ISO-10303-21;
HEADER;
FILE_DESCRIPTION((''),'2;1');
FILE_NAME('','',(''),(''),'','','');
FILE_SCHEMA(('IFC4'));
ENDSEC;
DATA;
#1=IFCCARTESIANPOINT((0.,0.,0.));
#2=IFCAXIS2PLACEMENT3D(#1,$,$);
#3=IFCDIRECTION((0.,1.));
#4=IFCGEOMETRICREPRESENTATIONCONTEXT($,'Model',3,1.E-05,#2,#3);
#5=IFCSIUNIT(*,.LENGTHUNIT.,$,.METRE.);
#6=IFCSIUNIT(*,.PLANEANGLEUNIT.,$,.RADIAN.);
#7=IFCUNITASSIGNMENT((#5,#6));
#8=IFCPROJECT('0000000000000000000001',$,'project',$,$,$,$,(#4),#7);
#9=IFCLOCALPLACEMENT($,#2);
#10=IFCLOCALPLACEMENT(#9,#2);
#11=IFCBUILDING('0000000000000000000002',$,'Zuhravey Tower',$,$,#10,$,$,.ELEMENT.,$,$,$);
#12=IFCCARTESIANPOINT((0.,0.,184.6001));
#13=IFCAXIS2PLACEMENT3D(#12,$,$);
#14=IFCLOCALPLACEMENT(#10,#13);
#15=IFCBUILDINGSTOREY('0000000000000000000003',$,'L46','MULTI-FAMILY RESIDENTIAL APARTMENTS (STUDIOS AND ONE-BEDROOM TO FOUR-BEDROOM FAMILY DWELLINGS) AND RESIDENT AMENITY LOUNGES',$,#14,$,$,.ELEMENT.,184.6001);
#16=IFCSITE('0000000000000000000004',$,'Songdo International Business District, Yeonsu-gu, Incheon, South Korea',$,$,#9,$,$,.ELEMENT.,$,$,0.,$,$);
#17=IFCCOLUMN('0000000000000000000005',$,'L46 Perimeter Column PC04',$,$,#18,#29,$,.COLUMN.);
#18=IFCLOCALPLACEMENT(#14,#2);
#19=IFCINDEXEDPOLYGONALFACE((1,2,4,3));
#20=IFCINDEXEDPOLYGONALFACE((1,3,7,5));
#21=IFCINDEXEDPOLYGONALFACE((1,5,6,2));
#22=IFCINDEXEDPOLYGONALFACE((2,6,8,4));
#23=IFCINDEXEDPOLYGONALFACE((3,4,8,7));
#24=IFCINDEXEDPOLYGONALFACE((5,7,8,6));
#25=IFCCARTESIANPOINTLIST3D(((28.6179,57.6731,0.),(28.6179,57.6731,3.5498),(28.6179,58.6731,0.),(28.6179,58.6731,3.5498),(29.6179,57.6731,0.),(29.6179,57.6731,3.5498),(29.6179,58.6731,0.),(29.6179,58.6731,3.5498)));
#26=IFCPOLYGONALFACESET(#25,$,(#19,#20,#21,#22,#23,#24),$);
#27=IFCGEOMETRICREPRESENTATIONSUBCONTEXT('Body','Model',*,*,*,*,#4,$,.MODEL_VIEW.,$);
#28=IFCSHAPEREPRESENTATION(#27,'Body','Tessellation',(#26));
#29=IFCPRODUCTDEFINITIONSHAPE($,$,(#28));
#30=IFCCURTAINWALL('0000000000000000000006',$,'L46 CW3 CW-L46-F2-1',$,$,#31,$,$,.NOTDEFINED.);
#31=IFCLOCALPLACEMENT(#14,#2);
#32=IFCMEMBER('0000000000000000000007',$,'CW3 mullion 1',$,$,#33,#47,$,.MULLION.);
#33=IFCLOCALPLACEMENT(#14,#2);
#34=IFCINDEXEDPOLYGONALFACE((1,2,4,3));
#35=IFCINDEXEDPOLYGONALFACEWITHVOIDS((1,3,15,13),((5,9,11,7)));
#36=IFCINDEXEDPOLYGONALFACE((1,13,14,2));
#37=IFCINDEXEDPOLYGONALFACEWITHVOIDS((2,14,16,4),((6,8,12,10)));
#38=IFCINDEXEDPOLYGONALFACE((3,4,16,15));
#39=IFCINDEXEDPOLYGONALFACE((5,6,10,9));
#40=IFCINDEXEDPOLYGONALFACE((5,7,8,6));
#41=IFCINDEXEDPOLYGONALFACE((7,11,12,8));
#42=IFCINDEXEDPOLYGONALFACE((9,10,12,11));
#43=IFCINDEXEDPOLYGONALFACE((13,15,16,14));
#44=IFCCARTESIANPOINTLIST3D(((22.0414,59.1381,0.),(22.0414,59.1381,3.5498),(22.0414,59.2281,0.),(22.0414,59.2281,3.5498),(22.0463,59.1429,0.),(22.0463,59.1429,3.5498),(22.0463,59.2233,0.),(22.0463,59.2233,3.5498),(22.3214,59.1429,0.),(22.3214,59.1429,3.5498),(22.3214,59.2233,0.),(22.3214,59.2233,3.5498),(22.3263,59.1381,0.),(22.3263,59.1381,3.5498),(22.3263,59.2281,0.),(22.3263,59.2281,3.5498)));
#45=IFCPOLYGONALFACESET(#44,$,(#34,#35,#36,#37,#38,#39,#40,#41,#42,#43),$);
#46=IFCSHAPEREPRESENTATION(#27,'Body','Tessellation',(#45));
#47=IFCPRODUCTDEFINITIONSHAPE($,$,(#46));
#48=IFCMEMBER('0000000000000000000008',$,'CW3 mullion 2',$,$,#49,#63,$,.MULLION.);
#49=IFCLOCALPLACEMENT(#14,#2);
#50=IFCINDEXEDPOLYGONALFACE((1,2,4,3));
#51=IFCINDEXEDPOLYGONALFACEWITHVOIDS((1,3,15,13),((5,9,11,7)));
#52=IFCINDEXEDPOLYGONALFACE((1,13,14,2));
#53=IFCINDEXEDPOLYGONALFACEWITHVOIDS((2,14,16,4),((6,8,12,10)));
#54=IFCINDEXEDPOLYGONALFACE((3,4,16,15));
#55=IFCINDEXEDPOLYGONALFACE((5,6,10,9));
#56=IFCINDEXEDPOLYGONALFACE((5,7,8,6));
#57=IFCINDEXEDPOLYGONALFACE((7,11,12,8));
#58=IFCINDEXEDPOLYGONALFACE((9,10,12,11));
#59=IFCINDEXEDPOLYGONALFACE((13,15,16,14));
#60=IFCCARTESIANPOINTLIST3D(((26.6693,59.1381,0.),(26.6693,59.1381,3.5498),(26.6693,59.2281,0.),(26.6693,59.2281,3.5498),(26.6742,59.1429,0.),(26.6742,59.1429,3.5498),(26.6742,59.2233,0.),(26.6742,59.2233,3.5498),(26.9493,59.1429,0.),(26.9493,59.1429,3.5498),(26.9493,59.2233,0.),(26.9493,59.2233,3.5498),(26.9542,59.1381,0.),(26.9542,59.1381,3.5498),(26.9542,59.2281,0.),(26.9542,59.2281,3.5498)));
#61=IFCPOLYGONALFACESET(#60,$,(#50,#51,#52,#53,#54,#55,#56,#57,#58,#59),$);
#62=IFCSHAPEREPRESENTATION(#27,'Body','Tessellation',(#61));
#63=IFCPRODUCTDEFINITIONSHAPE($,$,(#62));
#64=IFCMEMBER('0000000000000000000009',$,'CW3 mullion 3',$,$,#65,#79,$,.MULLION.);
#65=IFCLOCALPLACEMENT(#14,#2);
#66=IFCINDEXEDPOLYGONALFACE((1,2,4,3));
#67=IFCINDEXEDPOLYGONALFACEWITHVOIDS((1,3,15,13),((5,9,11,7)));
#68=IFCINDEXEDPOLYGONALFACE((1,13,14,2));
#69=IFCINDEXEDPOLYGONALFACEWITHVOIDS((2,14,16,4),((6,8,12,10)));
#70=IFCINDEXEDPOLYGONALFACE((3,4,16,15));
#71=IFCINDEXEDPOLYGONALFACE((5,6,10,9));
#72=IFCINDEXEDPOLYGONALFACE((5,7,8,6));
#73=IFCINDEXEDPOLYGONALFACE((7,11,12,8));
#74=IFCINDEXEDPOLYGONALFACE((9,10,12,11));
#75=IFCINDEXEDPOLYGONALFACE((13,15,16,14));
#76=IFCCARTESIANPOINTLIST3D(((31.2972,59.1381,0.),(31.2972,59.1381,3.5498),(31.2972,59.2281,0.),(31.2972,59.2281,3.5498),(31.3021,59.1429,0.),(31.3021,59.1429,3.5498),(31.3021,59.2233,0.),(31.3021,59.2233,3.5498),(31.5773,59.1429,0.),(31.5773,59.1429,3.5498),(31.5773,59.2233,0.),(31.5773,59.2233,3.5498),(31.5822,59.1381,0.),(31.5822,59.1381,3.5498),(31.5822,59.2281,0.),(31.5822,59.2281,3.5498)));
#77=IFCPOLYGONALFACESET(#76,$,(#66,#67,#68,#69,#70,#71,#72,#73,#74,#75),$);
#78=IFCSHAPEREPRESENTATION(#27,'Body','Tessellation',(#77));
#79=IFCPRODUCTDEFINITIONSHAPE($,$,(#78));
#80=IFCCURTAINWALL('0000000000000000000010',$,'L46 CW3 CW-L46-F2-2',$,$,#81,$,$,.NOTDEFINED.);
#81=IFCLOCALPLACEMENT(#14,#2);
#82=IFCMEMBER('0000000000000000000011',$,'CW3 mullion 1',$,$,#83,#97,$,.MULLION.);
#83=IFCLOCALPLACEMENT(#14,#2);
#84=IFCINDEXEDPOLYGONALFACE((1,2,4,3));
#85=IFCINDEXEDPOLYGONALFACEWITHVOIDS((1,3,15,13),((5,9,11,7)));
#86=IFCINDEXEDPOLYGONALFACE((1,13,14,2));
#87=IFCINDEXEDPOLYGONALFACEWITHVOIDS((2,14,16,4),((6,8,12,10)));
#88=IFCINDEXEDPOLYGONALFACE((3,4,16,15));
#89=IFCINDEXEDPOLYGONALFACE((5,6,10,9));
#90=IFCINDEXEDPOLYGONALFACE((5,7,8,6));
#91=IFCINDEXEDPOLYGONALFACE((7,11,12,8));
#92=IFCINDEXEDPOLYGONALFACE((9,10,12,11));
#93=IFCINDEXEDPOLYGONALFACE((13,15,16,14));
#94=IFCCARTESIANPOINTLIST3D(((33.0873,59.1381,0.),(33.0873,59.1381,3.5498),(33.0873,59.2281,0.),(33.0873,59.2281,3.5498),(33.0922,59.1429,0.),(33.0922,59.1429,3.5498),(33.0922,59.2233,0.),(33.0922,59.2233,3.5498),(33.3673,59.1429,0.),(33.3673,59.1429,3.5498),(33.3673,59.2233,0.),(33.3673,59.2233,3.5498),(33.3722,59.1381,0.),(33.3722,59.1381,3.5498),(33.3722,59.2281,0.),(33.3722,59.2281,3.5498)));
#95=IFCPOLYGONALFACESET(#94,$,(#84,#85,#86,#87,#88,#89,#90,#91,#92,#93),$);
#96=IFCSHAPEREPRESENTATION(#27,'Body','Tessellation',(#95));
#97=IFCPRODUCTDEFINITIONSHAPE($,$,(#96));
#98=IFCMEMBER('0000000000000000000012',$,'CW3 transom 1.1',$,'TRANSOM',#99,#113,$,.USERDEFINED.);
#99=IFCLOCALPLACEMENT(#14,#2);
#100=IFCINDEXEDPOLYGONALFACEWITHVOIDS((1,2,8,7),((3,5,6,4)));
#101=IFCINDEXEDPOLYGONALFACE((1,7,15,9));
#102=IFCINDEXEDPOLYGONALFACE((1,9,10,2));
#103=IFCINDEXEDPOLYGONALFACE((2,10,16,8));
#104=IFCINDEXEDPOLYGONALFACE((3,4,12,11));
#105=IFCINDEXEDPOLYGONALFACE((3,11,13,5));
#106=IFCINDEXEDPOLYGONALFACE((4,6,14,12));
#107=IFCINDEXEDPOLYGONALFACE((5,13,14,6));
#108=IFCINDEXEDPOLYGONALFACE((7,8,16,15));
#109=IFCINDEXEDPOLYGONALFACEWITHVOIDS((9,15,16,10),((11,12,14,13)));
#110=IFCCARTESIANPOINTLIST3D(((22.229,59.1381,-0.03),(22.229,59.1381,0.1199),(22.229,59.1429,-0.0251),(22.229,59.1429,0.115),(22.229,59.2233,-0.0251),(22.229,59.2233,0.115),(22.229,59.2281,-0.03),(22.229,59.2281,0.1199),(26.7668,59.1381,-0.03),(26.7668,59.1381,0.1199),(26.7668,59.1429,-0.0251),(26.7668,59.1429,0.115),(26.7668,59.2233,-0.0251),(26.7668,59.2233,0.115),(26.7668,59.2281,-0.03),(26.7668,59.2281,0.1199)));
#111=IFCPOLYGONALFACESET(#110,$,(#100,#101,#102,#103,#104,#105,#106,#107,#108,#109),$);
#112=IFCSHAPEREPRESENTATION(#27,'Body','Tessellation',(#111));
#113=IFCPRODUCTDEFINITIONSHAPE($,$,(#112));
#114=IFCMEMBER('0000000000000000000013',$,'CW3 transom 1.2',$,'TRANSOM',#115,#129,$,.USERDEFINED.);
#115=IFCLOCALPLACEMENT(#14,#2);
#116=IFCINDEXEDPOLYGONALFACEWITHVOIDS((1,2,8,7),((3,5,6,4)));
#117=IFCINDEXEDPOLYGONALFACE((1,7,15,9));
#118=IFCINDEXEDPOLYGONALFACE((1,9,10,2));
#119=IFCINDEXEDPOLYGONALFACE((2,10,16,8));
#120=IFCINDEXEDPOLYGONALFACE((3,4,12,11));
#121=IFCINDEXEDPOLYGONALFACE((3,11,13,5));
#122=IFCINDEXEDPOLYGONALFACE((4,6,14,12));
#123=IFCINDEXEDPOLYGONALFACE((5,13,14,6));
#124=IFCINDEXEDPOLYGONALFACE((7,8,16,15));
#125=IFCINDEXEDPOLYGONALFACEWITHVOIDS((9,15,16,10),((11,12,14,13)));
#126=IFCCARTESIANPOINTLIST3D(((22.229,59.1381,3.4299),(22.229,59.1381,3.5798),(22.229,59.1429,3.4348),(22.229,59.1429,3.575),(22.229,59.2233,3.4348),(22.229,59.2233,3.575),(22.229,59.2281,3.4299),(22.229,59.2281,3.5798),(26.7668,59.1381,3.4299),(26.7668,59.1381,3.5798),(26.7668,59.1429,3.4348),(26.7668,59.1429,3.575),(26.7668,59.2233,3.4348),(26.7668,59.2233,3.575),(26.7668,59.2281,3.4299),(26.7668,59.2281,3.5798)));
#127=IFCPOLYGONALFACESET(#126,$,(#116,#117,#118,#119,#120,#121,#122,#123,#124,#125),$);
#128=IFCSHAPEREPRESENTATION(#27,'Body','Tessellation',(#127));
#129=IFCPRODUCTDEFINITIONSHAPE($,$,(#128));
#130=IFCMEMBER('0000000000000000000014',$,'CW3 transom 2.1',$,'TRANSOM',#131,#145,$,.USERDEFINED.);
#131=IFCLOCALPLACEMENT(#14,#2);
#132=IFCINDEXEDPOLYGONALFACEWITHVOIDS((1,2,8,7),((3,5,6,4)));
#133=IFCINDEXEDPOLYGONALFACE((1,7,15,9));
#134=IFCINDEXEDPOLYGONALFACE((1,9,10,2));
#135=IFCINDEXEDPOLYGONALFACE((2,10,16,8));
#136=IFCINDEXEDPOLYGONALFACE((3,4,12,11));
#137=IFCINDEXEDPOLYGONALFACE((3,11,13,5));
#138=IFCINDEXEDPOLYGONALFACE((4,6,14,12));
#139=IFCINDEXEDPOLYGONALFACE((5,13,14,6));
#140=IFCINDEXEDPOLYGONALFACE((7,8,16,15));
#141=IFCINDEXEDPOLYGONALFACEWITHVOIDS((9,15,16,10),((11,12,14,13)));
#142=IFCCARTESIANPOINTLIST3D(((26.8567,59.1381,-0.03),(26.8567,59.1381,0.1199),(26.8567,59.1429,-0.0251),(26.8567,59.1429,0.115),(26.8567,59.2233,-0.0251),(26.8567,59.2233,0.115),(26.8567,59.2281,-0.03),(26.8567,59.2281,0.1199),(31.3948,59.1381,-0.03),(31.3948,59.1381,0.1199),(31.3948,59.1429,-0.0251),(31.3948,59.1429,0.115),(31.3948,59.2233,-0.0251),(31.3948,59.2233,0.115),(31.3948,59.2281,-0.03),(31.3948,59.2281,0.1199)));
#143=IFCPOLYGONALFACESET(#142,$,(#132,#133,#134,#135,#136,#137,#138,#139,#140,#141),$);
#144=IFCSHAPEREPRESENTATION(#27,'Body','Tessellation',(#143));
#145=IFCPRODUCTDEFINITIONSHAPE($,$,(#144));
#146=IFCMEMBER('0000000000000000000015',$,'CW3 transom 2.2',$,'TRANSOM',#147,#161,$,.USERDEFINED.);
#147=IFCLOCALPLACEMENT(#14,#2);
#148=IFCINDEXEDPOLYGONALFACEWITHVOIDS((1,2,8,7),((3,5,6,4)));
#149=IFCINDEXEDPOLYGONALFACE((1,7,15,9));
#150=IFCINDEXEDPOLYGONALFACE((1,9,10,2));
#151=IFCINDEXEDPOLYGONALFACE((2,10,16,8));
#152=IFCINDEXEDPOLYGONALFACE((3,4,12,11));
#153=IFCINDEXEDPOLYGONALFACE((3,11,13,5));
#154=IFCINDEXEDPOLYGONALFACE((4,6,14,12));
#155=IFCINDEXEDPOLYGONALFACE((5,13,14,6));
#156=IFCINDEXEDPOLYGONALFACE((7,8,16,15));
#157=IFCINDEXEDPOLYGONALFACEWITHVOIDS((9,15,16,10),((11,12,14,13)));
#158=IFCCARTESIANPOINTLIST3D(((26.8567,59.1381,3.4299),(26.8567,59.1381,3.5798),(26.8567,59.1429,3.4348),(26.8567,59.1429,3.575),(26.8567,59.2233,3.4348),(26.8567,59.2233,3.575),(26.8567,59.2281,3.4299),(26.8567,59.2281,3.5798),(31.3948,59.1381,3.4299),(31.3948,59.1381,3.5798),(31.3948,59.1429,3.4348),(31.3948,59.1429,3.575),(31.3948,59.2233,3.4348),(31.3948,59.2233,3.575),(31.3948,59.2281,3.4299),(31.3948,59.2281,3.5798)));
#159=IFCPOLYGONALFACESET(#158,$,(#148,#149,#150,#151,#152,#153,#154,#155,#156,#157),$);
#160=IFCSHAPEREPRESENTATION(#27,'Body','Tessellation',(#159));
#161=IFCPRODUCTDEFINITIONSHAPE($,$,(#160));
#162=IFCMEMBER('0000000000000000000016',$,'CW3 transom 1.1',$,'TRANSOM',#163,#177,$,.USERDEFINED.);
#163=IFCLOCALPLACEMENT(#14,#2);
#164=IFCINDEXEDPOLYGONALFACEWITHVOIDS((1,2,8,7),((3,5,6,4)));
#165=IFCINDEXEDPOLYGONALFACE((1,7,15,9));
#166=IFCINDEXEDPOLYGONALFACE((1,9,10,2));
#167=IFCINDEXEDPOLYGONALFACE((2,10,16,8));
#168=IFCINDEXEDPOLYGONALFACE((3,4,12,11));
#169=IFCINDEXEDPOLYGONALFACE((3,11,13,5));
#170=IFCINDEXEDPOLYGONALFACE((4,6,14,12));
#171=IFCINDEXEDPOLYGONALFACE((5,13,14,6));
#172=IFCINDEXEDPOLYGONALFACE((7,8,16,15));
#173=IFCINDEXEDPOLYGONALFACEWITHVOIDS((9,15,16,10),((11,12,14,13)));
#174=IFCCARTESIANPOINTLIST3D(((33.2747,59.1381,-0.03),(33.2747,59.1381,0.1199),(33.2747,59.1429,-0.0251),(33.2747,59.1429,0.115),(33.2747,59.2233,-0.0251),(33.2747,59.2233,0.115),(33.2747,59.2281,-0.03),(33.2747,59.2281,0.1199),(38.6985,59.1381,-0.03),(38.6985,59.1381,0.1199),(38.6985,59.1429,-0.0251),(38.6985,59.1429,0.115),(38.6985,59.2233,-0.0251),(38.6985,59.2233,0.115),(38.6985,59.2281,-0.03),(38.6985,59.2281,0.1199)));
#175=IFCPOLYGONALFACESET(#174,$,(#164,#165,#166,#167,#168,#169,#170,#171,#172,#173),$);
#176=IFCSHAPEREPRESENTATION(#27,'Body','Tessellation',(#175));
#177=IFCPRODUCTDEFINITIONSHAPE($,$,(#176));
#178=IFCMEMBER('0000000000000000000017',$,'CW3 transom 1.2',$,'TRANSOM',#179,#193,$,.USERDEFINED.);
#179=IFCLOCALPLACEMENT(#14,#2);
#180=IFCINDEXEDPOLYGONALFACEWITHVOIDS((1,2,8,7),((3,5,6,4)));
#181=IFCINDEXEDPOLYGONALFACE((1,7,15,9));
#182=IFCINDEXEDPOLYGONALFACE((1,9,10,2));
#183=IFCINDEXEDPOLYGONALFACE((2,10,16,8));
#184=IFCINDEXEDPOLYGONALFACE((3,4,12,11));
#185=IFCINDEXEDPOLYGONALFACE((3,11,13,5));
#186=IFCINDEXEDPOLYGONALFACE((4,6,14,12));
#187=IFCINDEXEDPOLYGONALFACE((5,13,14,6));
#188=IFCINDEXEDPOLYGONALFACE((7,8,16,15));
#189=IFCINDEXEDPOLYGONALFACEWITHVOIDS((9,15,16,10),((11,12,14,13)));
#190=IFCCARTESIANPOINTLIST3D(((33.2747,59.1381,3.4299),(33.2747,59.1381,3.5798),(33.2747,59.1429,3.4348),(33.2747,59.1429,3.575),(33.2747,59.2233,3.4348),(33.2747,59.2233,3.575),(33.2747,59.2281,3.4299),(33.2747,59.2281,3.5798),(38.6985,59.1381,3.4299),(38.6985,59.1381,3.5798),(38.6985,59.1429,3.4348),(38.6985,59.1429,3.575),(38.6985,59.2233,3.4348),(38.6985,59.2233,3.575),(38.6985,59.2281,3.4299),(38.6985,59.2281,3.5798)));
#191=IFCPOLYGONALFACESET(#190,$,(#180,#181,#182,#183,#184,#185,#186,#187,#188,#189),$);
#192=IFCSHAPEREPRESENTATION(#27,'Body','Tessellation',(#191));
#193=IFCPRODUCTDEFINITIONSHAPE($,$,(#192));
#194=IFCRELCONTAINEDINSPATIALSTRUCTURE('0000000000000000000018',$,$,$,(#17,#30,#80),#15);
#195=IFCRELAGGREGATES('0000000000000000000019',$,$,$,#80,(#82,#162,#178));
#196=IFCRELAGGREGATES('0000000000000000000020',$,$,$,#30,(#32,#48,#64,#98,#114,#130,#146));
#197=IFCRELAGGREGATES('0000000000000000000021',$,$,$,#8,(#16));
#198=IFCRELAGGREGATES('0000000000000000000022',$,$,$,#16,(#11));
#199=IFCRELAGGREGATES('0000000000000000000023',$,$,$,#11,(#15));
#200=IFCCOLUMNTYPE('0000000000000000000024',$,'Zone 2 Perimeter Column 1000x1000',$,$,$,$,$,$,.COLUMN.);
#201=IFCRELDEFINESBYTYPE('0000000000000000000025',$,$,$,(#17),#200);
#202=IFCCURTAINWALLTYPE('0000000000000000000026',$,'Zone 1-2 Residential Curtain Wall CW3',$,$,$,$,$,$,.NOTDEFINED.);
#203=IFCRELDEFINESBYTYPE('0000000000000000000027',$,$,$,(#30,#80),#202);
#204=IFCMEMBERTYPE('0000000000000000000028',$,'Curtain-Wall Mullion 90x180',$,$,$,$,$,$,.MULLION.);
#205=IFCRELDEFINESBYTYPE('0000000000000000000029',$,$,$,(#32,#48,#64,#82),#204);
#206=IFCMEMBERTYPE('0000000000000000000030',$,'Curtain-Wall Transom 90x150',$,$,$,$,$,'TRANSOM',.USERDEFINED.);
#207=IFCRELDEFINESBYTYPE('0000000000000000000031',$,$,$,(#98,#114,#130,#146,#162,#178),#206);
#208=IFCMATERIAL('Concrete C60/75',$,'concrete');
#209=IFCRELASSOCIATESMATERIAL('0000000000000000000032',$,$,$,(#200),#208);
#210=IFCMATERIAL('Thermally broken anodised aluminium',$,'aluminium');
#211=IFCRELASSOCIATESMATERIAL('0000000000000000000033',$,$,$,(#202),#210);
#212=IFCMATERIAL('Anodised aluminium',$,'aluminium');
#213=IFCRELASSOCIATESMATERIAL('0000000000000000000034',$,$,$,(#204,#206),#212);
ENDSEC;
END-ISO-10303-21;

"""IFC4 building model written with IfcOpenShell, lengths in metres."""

from ifc_helpers import new_model, si_unit, direction, frame, origin, origin_2d, place, context, subcontext, project, spatial, rectangle, hollow_rectangle, extrude, material, material_profile, profile_set, type_object, element, aggregate, save


model = new_model("IFC4")

# Units and contexts
model_context = context("Model", 3, precision=1e-05, world=origin(), true_north=direction((0.0, 1.0)))
body_context = subcontext(model_context, "Body", "Model", "MODEL_VIEW")
ifc_project = project(units=[si_unit("LENGTHUNIT", "METRE"), si_unit("PLANEANGLEUNIT", "RADIAN")], contexts=[model_context])

# Site, building, storey
site_placement = place(None, origin())
site = spatial("IfcSite", under=ifc_project, at=site_placement, Name="Songdo International Business District, Yeonsu-gu, Incheon, South Korea", CompositionType="ELEMENT", RefElevation=0.0)
building_placement = place(site_placement, origin())
building = spatial("IfcBuilding", under=site, at=building_placement, Name="Zuhravey Tower", CompositionType="ELEMENT")
storey_placement = place(building_placement, frame((0.0, 0.0, 184.6001)))
storey = spatial("IfcBuildingStorey", under=building, at=storey_placement, Name="L46", Description="MULTI-FAMILY RESIDENTIAL APARTMENTS (STUDIOS AND ONE-BEDROOM TO FOUR-BEDROOM FAMILY DWELLINGS) AND RESIDENT AMENITY LOUNGES", CompositionType="ELEMENT", Elevation=184.6001)

# Column
ifc_material_1 = material(Name="Concrete C60/75", Category="concrete")
ifc_material_profile_1 = material_profile(ifc_material_1, rectangle(XDim=1.0, YDim=1.0, at=origin_2d()), Name="RC-1000x1000")
ifc_profile_set_1 = profile_set([ifc_material_profile_1], Name="Concrete C60/75")
column_type = type_object("IfcColumnType", Name="Zone 2 Perimeter Column 1000x1000", PredefinedType="COLUMN", material=ifc_profile_set_1)
column_placement = place(storey_placement, frame((29.1179, 58.1731, 0.0), z_axis=(0.0, 0.0, 1.0), x_axis=(-1.0, 0.0, 0.0)))
element("IfcColumn", 1, at=column_placement, inside=storey, type_object=column_type, Name="L46 Perimeter Column PC04", PredefinedType="COLUMN", context=body_context, shape_type="SweptSolid", body=[
    extrude(rectangle(XDim=1.0, YDim=1.0, at=origin_2d()), origin(), (0.0, 0.0, 1.0), 3.5498),
])

# Curtain wall, members
ifc_material_2 = material(Name="Thermally broken anodised aluminium", Category="aluminium")
curtain_wall_type = type_object("IfcCurtainWallType", Name="Zone 1-2 Residential Curtain Wall CW3", PredefinedType="NOTDEFINED", material=ifc_material_2)
curtain_wall_1_placement = place(storey_placement, origin())
curtain_wall_1 = element("IfcCurtainWall", 2, at=curtain_wall_1_placement, inside=storey, type_object=curtain_wall_type, Name="L46 CW3 CW-L46-F2-1", PredefinedType="NOTDEFINED")
ifc_material_3 = material(Name="Anodised aluminium", Category="aluminium")
ifc_material_profile_2 = material_profile(ifc_material_3, hollow_rectangle(XDim=0.0901, YDim=0.2849, WallThickness=0.0049, at=origin_2d()), Name="ALU-RHS-90x285x5")
ifc_profile_set_2 = profile_set([ifc_material_profile_2], Name="Anodised aluminium")
member_type_1 = type_object("IfcMemberType", Name="Curtain-Wall Mullion 90x180", PredefinedType="MULLION", material=ifc_profile_set_2)
member_1_placement = place(storey_placement, frame((22.1838, 59.1831, 0.0), z_axis=(0.0, 0.0, 1.0), x_axis=(0.0, 1.0, 0.0)))
member_1 = element("IfcMember", 3, at=member_1_placement, type_object=member_type_1, Name="CW3 mullion 1", PredefinedType="MULLION", context=body_context, shape_type="SweptSolid", body=[
    extrude(hollow_rectangle(XDim=0.0901, YDim=0.2849, WallThickness=0.0049, at=origin_2d()), origin(), (0.0, 0.0, 1.0), 3.5498),
])
member_2_placement = place(storey_placement, frame((26.8118, 59.1831, 0.0), z_axis=(0.0, 0.0, 1.0), x_axis=(0.0, 1.0, 0.0)))
member_2 = element("IfcMember", 4, at=member_2_placement, type_object=member_type_1, Name="CW3 mullion 2", PredefinedType="MULLION", context=body_context, shape_type="SweptSolid", body=[
    extrude(hollow_rectangle(XDim=0.0901, YDim=0.2849, WallThickness=0.0049, at=origin_2d()), origin(), (0.0, 0.0, 1.0), 3.5498),
])
member_3_placement = place(storey_placement, frame((31.4397, 59.1831, 0.0), z_axis=(0.0, 0.0, 1.0), x_axis=(0.0, 1.0, 0.0)))
member_3 = element("IfcMember", 5, at=member_3_placement, type_object=member_type_1, Name="CW3 mullion 3", PredefinedType="MULLION", context=body_context, shape_type="SweptSolid", body=[
    extrude(hollow_rectangle(XDim=0.0901, YDim=0.2849, WallThickness=0.0049, at=origin_2d()), origin(), (0.0, 0.0, 1.0), 3.5498),
])

# Curtain wall, member
curtain_wall_2_placement = place(storey_placement, origin())
curtain_wall_2 = element("IfcCurtainWall", 6, at=curtain_wall_2_placement, inside=storey, type_object=curtain_wall_type, Name="L46 CW3 CW-L46-F2-2", PredefinedType="NOTDEFINED")
member_4_placement = place(storey_placement, frame((33.2297, 59.1831, 0.0), z_axis=(0.0, 0.0, 1.0), x_axis=(0.0, 1.0, 0.0)))
member_4 = element("IfcMember", 7, at=member_4_placement, type_object=member_type_1, Name="CW3 mullion 1", PredefinedType="MULLION", context=body_context, shape_type="SweptSolid", body=[
    extrude(hollow_rectangle(XDim=0.0901, YDim=0.2849, WallThickness=0.0049, at=origin_2d()), origin(), (0.0, 0.0, 1.0), 3.5498),
])

# Members
ifc_material_profile_3 = material_profile(ifc_material_3, hollow_rectangle(XDim=0.0901, YDim=0.1499, WallThickness=0.0049, at=origin_2d()), Name="ALU-RHS-90x150x5")
ifc_profile_set_3 = profile_set([ifc_material_profile_3], Name="Anodised aluminium")
member_type_2 = type_object("IfcMemberType", Name="Curtain-Wall Transom 90x150", ElementType="TRANSOM", PredefinedType="USERDEFINED", material=ifc_profile_set_3)
member_5_placement = place(storey_placement, frame((22.229, 59.1831, 0.0449), z_axis=(1.0, 0.0, 0.0), x_axis=(0.0, 1.0, 0.0)))
member_5 = element("IfcMember", 8, at=member_5_placement, type_object=member_type_2, Name="CW3 transom 1.1", ObjectType="TRANSOM", PredefinedType="USERDEFINED", context=body_context, shape_type="SweptSolid", body=[
    extrude(hollow_rectangle(XDim=0.0901, YDim=0.1499, WallThickness=0.0049, at=origin_2d()), origin(), (0.0, 0.0, 1.0), 4.5378),
])
member_6_placement = place(storey_placement, frame((22.229, 59.1831, 3.5049), z_axis=(1.0, 0.0, 0.0), x_axis=(0.0, 1.0, 0.0)))
member_6 = element("IfcMember", 9, at=member_6_placement, type_object=member_type_2, Name="CW3 transom 1.2", ObjectType="TRANSOM", PredefinedType="USERDEFINED", context=body_context, shape_type="SweptSolid", body=[
    extrude(hollow_rectangle(XDim=0.0901, YDim=0.1499, WallThickness=0.0049, at=origin_2d()), origin(), (0.0, 0.0, 1.0), 4.5378),
])
member_7_placement = place(storey_placement, frame((26.8567, 59.1831, 0.0449), z_axis=(1.0, 0.0, 0.0), x_axis=(0.0, 1.0, 0.0)))
member_7 = element("IfcMember", 10, at=member_7_placement, type_object=member_type_2, Name="CW3 transom 2.1", ObjectType="TRANSOM", PredefinedType="USERDEFINED", context=body_context, shape_type="SweptSolid", body=[
    extrude(hollow_rectangle(XDim=0.0901, YDim=0.1499, WallThickness=0.0049, at=origin_2d()), origin(), (0.0, 0.0, 1.0), 4.5381),
])
member_8_placement = place(storey_placement, frame((26.8567, 59.1831, 3.5049), z_axis=(1.0, 0.0, 0.0), x_axis=(0.0, 1.0, 0.0)))
member_8 = element("IfcMember", 11, at=member_8_placement, type_object=member_type_2, Name="CW3 transom 2.2", ObjectType="TRANSOM", PredefinedType="USERDEFINED", context=body_context, shape_type="SweptSolid", body=[
    extrude(hollow_rectangle(XDim=0.0901, YDim=0.1499, WallThickness=0.0049, at=origin_2d()), origin(), (0.0, 0.0, 1.0), 4.5381),
])
member_9_placement = place(storey_placement, frame((33.2747, 59.1831, 0.0449), z_axis=(1.0, 0.0, 0.0), x_axis=(0.0, 1.0, 0.0)))
member_9 = element("IfcMember", 12, at=member_9_placement, type_object=member_type_2, Name="CW3 transom 1.1", ObjectType="TRANSOM", PredefinedType="USERDEFINED", context=body_context, shape_type="SweptSolid", body=[
    extrude(hollow_rectangle(XDim=0.0901, YDim=0.1499, WallThickness=0.0049, at=origin_2d()), origin(), (0.0, 0.0, 1.0), 5.4238),
])
member_10_placement = place(storey_placement, frame((33.2747, 59.1831, 3.5049), z_axis=(1.0, 0.0, 0.0), x_axis=(0.0, 1.0, 0.0)))
member_10 = element("IfcMember", 13, at=member_10_placement, type_object=member_type_2, Name="CW3 transom 1.2", ObjectType="TRANSOM", PredefinedType="USERDEFINED", context=body_context, shape_type="SweptSolid", body=[
    extrude(hollow_rectangle(XDim=0.0901, YDim=0.1499, WallThickness=0.0049, at=origin_2d()), origin(), (0.0, 0.0, 1.0), 5.4238),
])
aggregate(curtain_wall_2, [member_4, member_9, member_10])

aggregate(curtain_wall_1, [member_1, member_2, member_3, member_5, member_6, member_7, member_8])

save(model, "model.ifc")
